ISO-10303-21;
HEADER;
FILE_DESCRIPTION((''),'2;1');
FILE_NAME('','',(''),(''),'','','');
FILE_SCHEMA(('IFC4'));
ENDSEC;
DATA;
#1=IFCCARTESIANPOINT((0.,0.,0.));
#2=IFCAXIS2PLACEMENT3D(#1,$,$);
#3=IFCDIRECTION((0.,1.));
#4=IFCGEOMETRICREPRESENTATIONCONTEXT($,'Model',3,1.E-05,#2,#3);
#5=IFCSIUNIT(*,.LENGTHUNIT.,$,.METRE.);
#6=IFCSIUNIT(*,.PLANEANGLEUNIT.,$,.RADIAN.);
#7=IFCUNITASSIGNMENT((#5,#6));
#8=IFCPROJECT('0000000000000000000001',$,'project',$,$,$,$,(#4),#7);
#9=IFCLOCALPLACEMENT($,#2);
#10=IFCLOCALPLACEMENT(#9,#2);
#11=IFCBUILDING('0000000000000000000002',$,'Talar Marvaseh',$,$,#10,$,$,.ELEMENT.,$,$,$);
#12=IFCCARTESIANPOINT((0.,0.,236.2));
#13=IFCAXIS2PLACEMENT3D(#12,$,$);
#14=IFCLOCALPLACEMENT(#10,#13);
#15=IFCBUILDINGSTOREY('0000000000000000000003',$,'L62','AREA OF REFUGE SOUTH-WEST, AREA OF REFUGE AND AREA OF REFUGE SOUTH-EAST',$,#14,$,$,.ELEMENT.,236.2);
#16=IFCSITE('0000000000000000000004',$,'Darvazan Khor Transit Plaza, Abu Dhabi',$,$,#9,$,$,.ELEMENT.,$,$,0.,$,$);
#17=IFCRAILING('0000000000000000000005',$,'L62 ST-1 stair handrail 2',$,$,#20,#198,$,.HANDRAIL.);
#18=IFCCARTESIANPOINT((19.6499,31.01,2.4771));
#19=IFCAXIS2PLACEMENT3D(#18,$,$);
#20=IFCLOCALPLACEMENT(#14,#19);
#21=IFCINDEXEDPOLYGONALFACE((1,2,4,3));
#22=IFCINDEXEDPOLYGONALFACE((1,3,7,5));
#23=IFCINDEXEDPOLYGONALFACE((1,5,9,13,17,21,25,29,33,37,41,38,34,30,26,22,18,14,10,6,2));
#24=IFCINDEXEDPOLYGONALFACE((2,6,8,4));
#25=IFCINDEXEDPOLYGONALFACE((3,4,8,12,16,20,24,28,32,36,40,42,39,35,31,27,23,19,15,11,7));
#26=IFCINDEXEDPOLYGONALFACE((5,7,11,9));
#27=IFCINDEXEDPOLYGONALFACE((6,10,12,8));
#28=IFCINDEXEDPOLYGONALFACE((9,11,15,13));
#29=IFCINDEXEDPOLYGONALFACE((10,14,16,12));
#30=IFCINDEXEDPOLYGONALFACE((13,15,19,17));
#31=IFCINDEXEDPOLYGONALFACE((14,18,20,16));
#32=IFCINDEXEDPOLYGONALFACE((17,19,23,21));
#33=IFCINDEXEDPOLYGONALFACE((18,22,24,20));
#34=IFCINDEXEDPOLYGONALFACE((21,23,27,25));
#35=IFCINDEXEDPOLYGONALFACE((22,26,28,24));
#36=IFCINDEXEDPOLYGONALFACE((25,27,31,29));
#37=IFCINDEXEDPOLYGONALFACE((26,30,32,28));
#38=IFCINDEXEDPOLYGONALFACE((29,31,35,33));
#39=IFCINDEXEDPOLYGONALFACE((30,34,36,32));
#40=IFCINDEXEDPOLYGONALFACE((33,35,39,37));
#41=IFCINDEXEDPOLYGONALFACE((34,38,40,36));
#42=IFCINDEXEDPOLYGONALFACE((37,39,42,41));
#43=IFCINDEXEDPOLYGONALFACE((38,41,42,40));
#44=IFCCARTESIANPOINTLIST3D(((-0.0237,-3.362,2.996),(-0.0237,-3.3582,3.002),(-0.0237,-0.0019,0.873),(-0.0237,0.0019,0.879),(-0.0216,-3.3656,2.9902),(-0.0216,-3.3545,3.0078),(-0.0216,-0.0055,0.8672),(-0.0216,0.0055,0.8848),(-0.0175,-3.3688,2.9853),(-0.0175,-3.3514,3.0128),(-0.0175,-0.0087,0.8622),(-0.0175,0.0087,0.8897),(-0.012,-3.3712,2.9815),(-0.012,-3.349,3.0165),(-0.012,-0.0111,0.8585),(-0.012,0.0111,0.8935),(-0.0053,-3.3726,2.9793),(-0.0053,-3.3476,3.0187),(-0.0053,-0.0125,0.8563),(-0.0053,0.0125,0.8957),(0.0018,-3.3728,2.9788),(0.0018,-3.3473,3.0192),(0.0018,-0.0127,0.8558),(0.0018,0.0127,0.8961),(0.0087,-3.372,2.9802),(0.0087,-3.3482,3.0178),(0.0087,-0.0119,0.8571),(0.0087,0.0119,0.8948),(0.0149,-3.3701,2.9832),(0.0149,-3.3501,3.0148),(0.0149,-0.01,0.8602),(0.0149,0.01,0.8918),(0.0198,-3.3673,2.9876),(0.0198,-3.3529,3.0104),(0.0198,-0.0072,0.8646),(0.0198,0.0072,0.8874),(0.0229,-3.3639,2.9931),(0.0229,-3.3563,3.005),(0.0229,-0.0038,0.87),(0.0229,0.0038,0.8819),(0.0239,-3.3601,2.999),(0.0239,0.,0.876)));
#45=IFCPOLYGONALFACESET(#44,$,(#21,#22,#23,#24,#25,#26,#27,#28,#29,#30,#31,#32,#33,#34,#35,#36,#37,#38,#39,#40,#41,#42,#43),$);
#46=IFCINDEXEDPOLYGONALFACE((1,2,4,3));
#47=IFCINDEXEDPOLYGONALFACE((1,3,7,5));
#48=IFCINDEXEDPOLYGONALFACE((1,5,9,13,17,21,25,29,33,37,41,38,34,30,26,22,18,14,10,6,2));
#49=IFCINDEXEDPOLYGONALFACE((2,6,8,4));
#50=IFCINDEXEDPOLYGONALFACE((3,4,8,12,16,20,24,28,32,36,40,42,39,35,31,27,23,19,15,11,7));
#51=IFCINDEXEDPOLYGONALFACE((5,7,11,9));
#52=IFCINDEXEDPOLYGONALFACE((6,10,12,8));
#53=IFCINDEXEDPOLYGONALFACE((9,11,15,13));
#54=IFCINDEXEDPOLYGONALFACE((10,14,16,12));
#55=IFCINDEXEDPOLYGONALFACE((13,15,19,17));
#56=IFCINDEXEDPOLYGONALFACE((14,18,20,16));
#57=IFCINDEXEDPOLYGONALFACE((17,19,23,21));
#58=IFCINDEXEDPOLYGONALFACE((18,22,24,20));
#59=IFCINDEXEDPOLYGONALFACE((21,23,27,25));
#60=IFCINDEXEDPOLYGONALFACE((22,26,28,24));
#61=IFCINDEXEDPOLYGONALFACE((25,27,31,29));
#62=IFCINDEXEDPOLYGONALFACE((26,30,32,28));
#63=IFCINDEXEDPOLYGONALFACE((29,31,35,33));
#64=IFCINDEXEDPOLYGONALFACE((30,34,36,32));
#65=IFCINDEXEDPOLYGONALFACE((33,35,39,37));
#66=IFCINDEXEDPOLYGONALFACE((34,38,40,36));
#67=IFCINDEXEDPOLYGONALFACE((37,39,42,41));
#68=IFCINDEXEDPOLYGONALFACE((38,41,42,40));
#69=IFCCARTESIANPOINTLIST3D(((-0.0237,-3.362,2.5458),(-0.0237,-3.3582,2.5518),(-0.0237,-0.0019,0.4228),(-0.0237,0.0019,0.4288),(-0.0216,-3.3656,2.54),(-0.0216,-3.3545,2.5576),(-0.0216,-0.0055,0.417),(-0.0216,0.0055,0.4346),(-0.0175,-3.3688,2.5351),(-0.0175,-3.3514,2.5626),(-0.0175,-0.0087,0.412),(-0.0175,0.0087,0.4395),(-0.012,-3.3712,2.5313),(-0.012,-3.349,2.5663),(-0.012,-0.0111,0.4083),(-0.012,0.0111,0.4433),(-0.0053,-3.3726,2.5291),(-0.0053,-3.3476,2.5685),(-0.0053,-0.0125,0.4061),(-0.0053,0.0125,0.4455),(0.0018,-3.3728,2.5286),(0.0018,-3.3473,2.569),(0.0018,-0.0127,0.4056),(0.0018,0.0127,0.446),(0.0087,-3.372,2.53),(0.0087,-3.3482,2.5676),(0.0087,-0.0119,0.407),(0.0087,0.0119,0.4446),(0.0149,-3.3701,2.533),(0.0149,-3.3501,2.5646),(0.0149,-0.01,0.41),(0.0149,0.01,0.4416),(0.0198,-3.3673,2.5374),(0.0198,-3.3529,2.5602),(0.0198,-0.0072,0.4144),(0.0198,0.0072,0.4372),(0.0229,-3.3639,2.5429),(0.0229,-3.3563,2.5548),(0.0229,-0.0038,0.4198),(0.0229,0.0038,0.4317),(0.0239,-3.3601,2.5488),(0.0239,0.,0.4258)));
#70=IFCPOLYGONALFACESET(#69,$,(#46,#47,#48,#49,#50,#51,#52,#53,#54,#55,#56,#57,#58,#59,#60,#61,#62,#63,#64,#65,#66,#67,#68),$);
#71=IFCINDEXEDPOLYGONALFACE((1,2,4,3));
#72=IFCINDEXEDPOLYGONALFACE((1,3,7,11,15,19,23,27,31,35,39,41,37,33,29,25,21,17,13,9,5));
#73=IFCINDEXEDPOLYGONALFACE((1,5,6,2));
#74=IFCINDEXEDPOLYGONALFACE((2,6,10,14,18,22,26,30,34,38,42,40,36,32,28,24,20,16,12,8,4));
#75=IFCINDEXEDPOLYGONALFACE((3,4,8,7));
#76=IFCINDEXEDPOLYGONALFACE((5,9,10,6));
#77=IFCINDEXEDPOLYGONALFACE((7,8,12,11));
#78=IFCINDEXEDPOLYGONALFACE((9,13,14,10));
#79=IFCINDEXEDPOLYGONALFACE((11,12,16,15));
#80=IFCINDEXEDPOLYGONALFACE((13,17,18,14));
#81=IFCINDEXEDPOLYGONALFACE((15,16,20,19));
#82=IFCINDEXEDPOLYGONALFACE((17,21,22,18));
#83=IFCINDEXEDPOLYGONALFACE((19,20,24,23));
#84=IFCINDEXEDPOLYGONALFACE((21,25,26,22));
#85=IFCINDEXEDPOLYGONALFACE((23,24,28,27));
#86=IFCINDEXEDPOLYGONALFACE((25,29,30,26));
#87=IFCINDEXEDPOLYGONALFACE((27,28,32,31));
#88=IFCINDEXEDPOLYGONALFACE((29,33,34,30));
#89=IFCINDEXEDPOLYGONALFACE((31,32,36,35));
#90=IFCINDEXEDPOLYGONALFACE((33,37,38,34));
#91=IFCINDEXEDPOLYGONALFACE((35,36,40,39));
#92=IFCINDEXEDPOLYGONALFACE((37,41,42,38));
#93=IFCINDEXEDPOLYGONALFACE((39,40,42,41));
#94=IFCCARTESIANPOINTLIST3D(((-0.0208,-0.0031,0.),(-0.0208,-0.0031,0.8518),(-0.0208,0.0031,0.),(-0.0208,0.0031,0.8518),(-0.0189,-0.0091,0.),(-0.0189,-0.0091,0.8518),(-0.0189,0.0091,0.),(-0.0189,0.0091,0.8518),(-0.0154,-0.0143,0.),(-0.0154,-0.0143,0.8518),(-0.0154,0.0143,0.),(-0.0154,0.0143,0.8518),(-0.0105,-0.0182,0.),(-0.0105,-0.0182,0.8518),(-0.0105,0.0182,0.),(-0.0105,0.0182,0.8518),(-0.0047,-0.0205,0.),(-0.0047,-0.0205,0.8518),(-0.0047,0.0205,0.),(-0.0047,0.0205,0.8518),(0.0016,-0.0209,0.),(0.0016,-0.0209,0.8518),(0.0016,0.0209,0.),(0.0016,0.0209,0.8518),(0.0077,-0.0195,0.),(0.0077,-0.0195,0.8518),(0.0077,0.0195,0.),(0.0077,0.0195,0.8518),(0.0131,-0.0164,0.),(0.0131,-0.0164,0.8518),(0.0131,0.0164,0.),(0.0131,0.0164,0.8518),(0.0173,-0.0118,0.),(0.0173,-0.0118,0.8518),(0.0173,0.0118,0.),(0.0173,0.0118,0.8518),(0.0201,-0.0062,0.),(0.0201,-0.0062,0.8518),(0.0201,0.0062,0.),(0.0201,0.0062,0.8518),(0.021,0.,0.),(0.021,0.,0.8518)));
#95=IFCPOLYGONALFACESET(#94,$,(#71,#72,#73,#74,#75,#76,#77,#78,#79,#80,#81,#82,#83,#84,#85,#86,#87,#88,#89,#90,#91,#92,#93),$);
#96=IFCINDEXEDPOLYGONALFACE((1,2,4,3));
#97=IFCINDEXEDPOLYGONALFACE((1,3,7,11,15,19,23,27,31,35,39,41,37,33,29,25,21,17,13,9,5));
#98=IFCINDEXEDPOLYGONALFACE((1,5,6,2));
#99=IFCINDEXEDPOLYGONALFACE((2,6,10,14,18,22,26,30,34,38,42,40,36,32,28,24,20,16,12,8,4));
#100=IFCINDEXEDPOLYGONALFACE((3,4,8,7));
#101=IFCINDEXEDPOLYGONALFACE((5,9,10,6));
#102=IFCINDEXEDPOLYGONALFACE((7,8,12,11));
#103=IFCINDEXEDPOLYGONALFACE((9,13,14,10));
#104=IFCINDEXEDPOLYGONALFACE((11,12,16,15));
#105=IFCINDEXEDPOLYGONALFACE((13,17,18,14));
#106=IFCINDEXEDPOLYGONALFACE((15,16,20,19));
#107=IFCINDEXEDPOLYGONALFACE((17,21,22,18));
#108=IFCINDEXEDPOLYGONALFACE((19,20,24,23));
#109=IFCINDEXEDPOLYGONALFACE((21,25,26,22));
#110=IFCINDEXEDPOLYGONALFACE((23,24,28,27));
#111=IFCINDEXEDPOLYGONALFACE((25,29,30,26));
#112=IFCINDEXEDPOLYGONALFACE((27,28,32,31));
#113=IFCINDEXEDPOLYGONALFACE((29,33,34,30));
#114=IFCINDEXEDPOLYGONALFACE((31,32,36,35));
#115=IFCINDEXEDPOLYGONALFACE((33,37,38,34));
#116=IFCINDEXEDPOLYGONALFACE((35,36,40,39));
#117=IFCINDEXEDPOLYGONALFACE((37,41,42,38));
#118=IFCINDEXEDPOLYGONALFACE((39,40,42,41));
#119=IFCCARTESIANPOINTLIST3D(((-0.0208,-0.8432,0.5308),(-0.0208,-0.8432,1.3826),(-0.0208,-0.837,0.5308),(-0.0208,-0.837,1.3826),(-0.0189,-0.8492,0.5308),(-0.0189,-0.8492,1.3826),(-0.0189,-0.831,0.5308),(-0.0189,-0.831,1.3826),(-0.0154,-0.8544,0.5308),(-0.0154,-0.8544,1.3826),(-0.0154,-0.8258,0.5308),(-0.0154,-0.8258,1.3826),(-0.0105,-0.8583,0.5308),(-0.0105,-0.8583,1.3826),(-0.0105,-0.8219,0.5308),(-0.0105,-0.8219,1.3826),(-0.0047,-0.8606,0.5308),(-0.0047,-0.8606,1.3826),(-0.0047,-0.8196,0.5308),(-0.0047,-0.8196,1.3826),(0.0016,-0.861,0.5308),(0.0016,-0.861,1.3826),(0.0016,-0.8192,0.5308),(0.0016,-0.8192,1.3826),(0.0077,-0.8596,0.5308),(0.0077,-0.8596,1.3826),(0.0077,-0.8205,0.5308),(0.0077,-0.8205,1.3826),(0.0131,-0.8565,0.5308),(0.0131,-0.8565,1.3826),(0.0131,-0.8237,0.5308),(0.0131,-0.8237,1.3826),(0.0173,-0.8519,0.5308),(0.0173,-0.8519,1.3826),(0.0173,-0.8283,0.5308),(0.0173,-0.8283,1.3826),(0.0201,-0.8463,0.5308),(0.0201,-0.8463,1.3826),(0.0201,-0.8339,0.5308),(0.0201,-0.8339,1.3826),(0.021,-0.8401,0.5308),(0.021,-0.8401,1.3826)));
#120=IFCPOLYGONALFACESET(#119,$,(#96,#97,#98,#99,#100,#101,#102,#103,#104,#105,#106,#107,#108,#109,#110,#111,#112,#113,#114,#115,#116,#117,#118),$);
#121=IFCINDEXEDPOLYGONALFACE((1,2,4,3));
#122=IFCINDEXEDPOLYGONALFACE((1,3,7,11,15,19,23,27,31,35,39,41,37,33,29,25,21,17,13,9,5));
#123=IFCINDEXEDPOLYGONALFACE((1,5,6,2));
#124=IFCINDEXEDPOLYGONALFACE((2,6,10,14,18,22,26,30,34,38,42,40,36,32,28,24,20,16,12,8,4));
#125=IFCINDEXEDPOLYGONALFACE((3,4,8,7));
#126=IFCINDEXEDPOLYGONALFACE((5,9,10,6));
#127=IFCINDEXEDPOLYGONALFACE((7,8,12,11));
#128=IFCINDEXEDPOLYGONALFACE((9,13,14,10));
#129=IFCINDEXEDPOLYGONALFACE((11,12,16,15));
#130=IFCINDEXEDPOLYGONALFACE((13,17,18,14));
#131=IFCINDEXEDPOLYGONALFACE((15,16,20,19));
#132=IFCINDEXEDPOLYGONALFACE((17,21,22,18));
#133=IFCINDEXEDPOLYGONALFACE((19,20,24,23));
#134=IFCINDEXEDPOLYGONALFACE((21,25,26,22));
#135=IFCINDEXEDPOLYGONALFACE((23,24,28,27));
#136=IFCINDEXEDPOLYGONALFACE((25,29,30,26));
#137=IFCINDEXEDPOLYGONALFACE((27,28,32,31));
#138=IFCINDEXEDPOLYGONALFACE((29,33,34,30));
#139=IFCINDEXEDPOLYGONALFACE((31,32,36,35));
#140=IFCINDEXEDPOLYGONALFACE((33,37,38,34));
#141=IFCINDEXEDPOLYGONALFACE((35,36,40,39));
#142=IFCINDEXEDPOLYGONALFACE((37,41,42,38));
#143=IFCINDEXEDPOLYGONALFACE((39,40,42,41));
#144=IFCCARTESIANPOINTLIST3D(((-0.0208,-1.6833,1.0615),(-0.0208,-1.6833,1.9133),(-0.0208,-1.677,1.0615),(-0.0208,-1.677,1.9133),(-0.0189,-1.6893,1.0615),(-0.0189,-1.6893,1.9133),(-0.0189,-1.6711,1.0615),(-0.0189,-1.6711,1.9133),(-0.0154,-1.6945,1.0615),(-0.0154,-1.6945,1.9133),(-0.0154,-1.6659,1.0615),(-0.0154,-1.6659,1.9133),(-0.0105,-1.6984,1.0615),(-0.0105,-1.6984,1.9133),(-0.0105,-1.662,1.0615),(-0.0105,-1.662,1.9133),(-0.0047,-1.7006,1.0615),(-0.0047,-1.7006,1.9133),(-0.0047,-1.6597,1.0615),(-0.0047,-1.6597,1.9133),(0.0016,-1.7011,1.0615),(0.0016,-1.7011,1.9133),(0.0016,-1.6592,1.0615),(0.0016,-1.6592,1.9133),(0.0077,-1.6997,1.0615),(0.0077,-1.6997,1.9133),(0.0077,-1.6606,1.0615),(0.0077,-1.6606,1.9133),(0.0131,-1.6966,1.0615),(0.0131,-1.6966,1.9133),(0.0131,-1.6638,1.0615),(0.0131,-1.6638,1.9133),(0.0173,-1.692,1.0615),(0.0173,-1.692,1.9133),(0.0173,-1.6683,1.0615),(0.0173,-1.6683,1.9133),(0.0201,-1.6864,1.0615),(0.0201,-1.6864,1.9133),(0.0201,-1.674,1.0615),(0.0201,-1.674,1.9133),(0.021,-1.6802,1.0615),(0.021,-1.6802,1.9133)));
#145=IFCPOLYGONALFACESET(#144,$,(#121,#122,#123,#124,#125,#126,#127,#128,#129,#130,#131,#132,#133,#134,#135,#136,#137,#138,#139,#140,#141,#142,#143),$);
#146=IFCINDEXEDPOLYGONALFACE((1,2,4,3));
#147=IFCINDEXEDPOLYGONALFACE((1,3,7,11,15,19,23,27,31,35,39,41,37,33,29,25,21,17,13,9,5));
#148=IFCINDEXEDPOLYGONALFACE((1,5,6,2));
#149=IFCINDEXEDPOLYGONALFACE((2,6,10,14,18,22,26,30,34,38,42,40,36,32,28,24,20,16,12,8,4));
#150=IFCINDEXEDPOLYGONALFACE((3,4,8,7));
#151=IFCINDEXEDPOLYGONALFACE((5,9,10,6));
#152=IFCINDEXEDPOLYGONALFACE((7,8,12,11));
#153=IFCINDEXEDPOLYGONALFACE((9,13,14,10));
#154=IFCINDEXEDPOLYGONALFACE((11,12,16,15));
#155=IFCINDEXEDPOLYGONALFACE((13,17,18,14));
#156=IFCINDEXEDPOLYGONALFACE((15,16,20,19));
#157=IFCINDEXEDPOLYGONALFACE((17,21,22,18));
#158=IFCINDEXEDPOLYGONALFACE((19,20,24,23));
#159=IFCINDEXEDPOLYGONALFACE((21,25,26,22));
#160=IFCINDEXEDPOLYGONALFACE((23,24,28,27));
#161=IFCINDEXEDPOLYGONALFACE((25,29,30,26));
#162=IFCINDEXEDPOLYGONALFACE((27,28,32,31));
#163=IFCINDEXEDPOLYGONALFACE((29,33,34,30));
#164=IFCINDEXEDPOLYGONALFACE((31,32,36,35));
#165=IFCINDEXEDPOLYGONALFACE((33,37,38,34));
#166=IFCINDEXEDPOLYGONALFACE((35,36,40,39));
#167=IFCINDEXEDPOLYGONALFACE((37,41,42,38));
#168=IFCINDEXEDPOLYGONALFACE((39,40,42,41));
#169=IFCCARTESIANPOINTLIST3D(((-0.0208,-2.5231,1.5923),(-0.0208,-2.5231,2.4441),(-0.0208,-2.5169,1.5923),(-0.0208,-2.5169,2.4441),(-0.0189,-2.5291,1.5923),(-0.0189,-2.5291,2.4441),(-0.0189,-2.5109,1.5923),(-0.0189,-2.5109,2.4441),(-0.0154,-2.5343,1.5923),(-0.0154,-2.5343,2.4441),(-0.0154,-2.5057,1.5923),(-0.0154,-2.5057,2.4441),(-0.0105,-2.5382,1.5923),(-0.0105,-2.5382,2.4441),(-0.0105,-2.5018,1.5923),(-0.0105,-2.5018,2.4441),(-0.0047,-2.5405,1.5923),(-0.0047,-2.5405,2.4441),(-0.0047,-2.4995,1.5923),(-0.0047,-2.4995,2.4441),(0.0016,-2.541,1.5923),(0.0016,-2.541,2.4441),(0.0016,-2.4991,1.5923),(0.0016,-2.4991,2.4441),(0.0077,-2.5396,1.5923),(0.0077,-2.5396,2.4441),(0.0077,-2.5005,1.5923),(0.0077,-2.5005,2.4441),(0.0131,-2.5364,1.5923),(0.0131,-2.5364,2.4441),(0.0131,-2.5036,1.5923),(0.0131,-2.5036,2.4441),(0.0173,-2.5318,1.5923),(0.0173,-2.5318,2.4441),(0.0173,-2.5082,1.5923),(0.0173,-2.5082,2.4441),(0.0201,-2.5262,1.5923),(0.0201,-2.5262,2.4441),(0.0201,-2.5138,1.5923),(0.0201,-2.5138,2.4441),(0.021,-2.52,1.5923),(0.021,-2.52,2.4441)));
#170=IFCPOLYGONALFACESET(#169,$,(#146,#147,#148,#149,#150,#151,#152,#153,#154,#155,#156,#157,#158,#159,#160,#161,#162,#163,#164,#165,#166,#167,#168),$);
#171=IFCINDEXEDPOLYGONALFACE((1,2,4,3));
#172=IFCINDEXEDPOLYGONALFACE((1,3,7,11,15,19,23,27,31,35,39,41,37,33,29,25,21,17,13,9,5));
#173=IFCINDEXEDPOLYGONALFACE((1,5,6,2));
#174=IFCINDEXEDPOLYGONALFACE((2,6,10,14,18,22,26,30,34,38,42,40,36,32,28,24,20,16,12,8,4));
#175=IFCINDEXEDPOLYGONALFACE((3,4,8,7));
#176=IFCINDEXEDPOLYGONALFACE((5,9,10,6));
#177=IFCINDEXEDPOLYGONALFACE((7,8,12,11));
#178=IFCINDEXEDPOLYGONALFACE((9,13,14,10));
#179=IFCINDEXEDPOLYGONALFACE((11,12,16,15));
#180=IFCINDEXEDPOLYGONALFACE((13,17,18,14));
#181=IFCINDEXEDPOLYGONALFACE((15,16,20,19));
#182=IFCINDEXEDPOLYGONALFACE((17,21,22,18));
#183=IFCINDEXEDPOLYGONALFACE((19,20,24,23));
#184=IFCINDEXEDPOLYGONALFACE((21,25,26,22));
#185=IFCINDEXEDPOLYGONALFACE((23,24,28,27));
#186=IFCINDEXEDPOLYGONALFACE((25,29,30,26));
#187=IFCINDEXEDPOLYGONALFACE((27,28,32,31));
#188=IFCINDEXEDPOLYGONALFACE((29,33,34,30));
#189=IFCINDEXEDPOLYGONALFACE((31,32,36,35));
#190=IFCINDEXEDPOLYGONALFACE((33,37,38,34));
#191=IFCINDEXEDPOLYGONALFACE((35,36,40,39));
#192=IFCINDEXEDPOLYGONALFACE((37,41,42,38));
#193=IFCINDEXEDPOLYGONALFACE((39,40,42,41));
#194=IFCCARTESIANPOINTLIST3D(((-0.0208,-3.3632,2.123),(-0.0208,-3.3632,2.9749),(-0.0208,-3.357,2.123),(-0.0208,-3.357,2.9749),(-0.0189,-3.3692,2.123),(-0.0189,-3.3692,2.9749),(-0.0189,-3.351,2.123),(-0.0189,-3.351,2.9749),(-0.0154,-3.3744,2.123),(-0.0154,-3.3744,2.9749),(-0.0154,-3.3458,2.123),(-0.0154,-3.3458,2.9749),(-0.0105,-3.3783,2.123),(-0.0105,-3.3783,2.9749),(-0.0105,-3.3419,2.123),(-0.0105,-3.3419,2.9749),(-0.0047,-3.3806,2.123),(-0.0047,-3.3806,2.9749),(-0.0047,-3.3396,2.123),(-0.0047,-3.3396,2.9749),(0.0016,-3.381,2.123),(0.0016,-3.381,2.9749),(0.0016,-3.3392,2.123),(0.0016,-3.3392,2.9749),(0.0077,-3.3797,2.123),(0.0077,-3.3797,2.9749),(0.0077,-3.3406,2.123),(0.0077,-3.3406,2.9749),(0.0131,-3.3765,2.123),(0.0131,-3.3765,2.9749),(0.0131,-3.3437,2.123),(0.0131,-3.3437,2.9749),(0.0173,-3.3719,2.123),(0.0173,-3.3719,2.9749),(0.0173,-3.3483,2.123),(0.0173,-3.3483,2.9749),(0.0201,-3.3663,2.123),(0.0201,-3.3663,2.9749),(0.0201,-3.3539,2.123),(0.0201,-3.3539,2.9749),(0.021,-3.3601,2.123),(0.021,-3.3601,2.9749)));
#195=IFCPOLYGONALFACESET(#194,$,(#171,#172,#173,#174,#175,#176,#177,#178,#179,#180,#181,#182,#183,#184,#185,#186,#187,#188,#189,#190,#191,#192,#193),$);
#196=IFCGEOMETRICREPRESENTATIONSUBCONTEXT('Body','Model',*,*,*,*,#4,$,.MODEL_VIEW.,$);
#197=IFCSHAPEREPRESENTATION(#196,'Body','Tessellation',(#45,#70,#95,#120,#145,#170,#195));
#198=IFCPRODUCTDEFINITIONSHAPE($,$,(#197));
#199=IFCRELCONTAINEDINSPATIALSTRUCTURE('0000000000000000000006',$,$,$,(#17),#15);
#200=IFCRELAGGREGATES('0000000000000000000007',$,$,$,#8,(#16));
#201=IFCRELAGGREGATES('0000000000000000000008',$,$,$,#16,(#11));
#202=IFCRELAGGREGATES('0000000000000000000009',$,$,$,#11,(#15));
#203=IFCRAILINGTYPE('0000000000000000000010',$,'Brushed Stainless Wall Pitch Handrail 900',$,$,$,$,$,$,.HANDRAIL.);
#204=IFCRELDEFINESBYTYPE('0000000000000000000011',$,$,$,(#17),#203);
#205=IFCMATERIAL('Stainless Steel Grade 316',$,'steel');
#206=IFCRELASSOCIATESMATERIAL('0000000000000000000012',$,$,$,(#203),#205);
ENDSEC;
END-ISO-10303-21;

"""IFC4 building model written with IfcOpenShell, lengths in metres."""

from ifc_helpers import new_model, si_unit, direction, frame, origin, origin_2d, place, context, subcontext, project, spatial, circle, extrude, material, type_object, element, save


model = new_model("IFC4")

# Units and contexts
model_context = context("Model", 3, precision=1e-05, world=origin(), true_north=direction((0.0, 1.0)))
body_context = subcontext(model_context, "Body", "Model", "MODEL_VIEW")
ifc_project = project(units=[si_unit("LENGTHUNIT", "METRE"), si_unit("PLANEANGLEUNIT", "RADIAN")], contexts=[model_context])

# Site, building, storey
site_placement = place(None, origin())
site = spatial("IfcSite", under=ifc_project, at=site_placement, Name="Darvazan Khor Transit Plaza, Abu Dhabi", CompositionType="ELEMENT", RefElevation=0.0)
building_placement = place(site_placement, origin())
building = spatial("IfcBuilding", under=site, at=building_placement, Name="Talar Marvaseh", CompositionType="ELEMENT")
storey_placement = place(building_placement, frame((0.0, 0.0, 236.2)))
storey = spatial("IfcBuildingStorey", under=building, at=storey_placement, Name="L62", Description="AREA OF REFUGE SOUTH-WEST, AREA OF REFUGE AND AREA OF REFUGE SOUTH-EAST", CompositionType="ELEMENT", Elevation=236.2)

# Shared definitions
ifc_material_1 = material(Name="Stainless Steel Grade 316", Category="steel")

# Railing
railing_type_1 = type_object("IfcRailingType", Name="Brushed Stainless Wall Pitch Handrail 900", PredefinedType="HANDRAIL", material=ifc_material_1)
railing_1_placement = place(storey_placement, frame((19.6499, 31.01, 2.4771)))
element("IfcRailing", 1, at=railing_1_placement, inside=storey, type_object=railing_type_1, Name="L62 ST-1 stair handrail 2", PredefinedType="HANDRAIL", context=body_context, shape_type="SweptSolid", body=[
    extrude(circle(Radius=0.0239, at=origin_2d()), frame((0.0, 0.0, 0.876), z_axis=(0.0, -0.84539, 0.53415), x_axis=(1.0, 0.0, 0.0)), (0.0, 0.0, 1.0), 3.9746),
    extrude(circle(Radius=0.0239, at=origin_2d()), frame((0.0, 0.0, 0.4258), z_axis=(0.0, -0.84539, 0.53415), x_axis=(1.0, 0.0, 0.0)), (0.0, 0.0, 1.0), 3.9746),
    extrude(circle(Radius=0.021, at=origin_2d()), origin(), (0.0, 0.0, 1.0), 0.8518),
    extrude(circle(Radius=0.021, at=origin_2d()), frame((0.0, -0.8401, 0.5308)), (0.0, 0.0, 1.0), 0.8518),
    extrude(circle(Radius=0.021, at=origin_2d()), frame((0.0, -1.6802, 1.0615)), (0.0, 0.0, 1.0), 0.8518),
    extrude(circle(Radius=0.021, at=origin_2d()), frame((0.0, -2.52, 1.5923)), (0.0, 0.0, 1.0), 0.8518),
    extrude(circle(Radius=0.021, at=origin_2d()), frame((0.0, -3.3601, 2.123)), (0.0, 0.0, 1.0), 0.8518),
])

save(model, "model.ifc")
